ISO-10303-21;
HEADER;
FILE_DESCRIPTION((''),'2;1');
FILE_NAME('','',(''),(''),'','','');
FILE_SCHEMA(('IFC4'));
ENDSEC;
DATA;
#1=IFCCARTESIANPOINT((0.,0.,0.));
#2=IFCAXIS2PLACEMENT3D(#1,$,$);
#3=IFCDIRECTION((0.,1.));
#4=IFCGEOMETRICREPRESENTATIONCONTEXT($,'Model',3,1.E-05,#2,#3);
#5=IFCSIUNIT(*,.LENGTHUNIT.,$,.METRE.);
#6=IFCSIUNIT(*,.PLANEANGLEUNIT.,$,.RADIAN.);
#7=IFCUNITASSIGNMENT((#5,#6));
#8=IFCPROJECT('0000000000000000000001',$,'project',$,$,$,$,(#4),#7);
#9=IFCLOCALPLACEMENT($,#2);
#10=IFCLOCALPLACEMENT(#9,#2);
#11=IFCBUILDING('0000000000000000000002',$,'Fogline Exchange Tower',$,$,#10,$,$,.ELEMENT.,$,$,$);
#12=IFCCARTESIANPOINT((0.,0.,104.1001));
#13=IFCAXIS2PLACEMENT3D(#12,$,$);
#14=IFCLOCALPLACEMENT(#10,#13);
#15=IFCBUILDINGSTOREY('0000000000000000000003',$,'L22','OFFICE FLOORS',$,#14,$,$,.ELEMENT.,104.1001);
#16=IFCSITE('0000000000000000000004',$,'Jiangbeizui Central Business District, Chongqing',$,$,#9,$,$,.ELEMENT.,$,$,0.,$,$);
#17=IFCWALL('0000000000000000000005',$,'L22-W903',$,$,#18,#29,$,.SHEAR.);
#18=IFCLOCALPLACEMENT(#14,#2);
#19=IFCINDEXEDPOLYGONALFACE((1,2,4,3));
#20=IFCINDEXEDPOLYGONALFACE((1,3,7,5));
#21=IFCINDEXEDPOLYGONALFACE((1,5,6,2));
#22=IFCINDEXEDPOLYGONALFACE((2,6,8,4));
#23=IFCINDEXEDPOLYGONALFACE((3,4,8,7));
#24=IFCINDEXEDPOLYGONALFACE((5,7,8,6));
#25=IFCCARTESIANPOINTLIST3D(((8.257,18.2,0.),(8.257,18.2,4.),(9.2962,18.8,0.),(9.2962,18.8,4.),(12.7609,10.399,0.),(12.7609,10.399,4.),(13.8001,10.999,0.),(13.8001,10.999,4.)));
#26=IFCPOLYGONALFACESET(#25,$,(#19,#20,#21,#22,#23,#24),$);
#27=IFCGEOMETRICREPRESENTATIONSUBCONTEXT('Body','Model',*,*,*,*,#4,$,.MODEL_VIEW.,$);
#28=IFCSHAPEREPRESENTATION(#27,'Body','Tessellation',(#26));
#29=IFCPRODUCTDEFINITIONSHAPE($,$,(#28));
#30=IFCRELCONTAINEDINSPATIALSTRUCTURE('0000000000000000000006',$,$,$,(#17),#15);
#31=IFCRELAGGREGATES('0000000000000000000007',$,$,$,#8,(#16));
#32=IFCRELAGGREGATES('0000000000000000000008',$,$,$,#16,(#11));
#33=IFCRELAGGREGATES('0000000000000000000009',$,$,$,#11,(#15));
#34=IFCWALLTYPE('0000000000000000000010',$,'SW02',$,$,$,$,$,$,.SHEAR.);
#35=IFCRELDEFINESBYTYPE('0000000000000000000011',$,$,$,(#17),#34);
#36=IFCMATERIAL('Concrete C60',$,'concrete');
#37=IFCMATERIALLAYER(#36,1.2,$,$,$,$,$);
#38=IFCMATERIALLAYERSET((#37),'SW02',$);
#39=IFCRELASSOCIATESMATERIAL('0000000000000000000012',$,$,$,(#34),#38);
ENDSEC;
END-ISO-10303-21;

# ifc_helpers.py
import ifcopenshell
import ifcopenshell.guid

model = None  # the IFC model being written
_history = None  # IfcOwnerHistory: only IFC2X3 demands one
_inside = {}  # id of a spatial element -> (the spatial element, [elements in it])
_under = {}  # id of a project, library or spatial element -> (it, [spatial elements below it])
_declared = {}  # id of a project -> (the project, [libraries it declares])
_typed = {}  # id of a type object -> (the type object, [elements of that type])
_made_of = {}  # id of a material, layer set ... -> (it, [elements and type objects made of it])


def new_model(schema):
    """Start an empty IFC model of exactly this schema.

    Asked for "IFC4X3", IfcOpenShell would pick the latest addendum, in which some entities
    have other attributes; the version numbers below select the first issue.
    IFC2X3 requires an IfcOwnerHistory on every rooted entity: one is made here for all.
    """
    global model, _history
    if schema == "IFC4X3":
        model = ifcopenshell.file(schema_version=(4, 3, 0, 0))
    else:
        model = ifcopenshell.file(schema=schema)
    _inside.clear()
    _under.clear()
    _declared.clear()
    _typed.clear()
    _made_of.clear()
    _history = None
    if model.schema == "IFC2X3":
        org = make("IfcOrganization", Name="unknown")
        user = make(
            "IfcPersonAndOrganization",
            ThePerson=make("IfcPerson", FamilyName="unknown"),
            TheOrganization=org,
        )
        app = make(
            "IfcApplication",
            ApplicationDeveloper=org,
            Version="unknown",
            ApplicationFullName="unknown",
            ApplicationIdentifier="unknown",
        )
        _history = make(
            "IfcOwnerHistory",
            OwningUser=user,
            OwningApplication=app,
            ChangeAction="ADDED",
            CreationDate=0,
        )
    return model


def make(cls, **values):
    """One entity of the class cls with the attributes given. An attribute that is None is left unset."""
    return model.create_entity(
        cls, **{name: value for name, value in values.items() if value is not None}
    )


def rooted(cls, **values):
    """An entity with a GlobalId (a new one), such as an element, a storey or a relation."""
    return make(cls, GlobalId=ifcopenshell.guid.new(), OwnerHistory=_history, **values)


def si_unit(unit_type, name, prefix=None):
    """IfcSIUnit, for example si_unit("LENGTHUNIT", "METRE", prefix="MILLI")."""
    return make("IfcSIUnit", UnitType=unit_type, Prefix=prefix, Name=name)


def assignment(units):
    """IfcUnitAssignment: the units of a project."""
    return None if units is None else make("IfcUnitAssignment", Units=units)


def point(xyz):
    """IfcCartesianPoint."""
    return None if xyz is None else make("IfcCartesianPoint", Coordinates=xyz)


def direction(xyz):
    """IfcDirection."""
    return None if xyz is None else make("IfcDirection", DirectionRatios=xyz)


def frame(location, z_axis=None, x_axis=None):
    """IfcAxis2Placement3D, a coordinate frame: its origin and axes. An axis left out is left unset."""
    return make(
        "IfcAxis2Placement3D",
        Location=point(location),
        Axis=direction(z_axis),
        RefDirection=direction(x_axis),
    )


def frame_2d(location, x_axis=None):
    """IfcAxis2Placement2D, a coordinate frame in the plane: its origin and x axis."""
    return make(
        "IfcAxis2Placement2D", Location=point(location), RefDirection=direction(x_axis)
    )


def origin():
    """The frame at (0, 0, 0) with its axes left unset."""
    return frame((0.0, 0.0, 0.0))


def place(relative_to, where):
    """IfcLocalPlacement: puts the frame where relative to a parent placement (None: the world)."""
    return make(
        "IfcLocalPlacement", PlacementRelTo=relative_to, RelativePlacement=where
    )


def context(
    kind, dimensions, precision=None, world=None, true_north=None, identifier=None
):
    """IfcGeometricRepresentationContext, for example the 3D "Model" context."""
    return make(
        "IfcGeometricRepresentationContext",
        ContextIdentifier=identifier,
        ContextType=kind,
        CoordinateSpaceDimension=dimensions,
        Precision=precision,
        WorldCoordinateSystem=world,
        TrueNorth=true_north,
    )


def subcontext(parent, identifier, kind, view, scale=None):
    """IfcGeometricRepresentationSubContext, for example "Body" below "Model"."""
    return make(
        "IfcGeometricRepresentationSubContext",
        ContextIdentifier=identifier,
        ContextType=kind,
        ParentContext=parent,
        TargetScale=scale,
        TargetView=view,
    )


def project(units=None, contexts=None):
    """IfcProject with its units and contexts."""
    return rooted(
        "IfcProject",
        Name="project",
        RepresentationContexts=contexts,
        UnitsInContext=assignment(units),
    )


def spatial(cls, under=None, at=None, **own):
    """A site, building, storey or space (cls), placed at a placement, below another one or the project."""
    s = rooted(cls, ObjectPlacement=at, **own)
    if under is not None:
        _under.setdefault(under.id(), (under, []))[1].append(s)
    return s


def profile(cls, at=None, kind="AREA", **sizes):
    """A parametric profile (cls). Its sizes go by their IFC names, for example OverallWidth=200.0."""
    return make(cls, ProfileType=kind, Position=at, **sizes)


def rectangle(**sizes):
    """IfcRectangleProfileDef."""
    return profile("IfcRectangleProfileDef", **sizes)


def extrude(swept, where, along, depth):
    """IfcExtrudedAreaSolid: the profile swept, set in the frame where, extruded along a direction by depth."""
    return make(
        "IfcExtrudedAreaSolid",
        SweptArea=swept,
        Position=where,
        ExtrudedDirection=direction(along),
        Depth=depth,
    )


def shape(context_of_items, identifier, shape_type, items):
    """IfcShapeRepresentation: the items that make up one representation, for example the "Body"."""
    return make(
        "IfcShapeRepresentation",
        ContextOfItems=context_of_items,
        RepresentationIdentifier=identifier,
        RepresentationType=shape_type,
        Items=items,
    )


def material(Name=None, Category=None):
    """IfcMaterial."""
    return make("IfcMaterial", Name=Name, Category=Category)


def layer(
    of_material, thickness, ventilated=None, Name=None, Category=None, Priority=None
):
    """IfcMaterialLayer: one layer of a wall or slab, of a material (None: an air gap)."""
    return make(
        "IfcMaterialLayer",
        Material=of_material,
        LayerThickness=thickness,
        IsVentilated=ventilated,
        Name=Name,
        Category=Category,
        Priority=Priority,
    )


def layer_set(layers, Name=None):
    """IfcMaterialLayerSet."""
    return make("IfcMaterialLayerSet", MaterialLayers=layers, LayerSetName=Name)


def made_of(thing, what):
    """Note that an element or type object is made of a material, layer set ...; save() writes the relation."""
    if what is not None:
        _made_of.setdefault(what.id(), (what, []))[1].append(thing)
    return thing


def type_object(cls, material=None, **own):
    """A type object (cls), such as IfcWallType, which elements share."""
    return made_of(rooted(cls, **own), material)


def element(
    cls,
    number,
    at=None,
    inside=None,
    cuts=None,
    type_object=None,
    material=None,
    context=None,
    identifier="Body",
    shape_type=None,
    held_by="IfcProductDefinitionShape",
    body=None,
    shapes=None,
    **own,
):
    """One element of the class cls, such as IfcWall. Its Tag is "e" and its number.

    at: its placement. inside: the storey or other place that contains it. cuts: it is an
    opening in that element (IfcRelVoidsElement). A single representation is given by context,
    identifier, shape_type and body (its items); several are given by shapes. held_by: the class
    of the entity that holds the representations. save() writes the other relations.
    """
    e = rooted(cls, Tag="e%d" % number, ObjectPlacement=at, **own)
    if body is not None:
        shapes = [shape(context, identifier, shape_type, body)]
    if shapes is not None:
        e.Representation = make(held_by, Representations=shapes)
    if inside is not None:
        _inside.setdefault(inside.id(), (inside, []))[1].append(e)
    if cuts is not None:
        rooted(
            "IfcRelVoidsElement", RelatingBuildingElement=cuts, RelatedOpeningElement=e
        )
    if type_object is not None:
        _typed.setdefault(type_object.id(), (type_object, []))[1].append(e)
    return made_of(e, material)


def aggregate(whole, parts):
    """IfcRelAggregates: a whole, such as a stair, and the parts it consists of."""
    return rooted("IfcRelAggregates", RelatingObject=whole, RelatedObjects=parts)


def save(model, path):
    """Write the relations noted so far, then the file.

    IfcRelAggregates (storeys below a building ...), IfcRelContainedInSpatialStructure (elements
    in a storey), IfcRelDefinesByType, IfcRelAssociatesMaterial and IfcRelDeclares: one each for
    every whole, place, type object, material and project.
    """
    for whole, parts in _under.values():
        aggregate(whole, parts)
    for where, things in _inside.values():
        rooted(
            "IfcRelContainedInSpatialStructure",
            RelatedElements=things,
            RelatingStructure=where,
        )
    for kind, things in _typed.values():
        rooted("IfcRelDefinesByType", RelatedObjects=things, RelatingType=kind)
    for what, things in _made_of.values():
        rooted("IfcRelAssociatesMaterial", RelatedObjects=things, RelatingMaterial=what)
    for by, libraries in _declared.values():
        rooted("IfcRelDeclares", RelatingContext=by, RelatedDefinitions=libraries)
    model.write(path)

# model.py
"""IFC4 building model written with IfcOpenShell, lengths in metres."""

from ifc_helpers import new_model, si_unit, direction, frame, frame_2d, origin, place, context, subcontext, project, spatial, rectangle, extrude, material, layer, layer_set, type_object, element, save


model = new_model("IFC4")

# Units and contexts
model_context = context("Model", 3, precision=1e-05, world=origin(), true_north=direction((0.0, 1.0)))
body_context = subcontext(model_context, "Body", "Model", "MODEL_VIEW")
ifc_project = project(units=[si_unit("LENGTHUNIT", "METRE"), si_unit("PLANEANGLEUNIT", "RADIAN")], contexts=[model_context])

# Site, building, storey
site_placement = place(None, origin())
site = spatial("IfcSite", under=ifc_project, at=site_placement, Name="Jiangbeizui Central Business District, Chongqing", CompositionType="ELEMENT", RefElevation=0.0)
building_placement = place(site_placement, origin())
building = spatial("IfcBuilding", under=site, at=building_placement, Name="Fogline Exchange Tower", CompositionType="ELEMENT")
storey_placement = place(building_placement, frame((0.0, 0.0, 104.1001)))
storey = spatial("IfcBuildingStorey", under=building, at=storey_placement, Name="L22", Description="OFFICE FLOORS", CompositionType="ELEMENT", Elevation=104.1001)

# Shared definitions
ifc_material_1 = material(Name="Concrete C60", Category="concrete")
ifc_layer_1 = layer(ifc_material_1, 1.2)
ifc_layer_set_1 = layer_set([ifc_layer_1], Name="SW02")
wall_type_1 = type_object("IfcWallType", Name="SW02", PredefinedType="SHEAR", material=ifc_layer_set_1)

# Wall
wall_1_placement = place(storey_placement, frame((13.2805, 10.699, 0.0), z_axis=(0.0, 0.0, 1.0), x_axis=(-0.499999, 0.866026, 0.0)))
element("IfcWall", 1, at=wall_1_placement, inside=storey, type_object=wall_type_1, Name="L22-W903", PredefinedType="SHEAR", context=body_context, shape_type="SweptSolid", body=[
    extrude(rectangle(XDim=9.0078, YDim=1.2, at=frame_2d((4.5039, 0.0))), origin(), (0.0, 0.0, 1.0), 4.0),
])

save(model, "model.ifc")
